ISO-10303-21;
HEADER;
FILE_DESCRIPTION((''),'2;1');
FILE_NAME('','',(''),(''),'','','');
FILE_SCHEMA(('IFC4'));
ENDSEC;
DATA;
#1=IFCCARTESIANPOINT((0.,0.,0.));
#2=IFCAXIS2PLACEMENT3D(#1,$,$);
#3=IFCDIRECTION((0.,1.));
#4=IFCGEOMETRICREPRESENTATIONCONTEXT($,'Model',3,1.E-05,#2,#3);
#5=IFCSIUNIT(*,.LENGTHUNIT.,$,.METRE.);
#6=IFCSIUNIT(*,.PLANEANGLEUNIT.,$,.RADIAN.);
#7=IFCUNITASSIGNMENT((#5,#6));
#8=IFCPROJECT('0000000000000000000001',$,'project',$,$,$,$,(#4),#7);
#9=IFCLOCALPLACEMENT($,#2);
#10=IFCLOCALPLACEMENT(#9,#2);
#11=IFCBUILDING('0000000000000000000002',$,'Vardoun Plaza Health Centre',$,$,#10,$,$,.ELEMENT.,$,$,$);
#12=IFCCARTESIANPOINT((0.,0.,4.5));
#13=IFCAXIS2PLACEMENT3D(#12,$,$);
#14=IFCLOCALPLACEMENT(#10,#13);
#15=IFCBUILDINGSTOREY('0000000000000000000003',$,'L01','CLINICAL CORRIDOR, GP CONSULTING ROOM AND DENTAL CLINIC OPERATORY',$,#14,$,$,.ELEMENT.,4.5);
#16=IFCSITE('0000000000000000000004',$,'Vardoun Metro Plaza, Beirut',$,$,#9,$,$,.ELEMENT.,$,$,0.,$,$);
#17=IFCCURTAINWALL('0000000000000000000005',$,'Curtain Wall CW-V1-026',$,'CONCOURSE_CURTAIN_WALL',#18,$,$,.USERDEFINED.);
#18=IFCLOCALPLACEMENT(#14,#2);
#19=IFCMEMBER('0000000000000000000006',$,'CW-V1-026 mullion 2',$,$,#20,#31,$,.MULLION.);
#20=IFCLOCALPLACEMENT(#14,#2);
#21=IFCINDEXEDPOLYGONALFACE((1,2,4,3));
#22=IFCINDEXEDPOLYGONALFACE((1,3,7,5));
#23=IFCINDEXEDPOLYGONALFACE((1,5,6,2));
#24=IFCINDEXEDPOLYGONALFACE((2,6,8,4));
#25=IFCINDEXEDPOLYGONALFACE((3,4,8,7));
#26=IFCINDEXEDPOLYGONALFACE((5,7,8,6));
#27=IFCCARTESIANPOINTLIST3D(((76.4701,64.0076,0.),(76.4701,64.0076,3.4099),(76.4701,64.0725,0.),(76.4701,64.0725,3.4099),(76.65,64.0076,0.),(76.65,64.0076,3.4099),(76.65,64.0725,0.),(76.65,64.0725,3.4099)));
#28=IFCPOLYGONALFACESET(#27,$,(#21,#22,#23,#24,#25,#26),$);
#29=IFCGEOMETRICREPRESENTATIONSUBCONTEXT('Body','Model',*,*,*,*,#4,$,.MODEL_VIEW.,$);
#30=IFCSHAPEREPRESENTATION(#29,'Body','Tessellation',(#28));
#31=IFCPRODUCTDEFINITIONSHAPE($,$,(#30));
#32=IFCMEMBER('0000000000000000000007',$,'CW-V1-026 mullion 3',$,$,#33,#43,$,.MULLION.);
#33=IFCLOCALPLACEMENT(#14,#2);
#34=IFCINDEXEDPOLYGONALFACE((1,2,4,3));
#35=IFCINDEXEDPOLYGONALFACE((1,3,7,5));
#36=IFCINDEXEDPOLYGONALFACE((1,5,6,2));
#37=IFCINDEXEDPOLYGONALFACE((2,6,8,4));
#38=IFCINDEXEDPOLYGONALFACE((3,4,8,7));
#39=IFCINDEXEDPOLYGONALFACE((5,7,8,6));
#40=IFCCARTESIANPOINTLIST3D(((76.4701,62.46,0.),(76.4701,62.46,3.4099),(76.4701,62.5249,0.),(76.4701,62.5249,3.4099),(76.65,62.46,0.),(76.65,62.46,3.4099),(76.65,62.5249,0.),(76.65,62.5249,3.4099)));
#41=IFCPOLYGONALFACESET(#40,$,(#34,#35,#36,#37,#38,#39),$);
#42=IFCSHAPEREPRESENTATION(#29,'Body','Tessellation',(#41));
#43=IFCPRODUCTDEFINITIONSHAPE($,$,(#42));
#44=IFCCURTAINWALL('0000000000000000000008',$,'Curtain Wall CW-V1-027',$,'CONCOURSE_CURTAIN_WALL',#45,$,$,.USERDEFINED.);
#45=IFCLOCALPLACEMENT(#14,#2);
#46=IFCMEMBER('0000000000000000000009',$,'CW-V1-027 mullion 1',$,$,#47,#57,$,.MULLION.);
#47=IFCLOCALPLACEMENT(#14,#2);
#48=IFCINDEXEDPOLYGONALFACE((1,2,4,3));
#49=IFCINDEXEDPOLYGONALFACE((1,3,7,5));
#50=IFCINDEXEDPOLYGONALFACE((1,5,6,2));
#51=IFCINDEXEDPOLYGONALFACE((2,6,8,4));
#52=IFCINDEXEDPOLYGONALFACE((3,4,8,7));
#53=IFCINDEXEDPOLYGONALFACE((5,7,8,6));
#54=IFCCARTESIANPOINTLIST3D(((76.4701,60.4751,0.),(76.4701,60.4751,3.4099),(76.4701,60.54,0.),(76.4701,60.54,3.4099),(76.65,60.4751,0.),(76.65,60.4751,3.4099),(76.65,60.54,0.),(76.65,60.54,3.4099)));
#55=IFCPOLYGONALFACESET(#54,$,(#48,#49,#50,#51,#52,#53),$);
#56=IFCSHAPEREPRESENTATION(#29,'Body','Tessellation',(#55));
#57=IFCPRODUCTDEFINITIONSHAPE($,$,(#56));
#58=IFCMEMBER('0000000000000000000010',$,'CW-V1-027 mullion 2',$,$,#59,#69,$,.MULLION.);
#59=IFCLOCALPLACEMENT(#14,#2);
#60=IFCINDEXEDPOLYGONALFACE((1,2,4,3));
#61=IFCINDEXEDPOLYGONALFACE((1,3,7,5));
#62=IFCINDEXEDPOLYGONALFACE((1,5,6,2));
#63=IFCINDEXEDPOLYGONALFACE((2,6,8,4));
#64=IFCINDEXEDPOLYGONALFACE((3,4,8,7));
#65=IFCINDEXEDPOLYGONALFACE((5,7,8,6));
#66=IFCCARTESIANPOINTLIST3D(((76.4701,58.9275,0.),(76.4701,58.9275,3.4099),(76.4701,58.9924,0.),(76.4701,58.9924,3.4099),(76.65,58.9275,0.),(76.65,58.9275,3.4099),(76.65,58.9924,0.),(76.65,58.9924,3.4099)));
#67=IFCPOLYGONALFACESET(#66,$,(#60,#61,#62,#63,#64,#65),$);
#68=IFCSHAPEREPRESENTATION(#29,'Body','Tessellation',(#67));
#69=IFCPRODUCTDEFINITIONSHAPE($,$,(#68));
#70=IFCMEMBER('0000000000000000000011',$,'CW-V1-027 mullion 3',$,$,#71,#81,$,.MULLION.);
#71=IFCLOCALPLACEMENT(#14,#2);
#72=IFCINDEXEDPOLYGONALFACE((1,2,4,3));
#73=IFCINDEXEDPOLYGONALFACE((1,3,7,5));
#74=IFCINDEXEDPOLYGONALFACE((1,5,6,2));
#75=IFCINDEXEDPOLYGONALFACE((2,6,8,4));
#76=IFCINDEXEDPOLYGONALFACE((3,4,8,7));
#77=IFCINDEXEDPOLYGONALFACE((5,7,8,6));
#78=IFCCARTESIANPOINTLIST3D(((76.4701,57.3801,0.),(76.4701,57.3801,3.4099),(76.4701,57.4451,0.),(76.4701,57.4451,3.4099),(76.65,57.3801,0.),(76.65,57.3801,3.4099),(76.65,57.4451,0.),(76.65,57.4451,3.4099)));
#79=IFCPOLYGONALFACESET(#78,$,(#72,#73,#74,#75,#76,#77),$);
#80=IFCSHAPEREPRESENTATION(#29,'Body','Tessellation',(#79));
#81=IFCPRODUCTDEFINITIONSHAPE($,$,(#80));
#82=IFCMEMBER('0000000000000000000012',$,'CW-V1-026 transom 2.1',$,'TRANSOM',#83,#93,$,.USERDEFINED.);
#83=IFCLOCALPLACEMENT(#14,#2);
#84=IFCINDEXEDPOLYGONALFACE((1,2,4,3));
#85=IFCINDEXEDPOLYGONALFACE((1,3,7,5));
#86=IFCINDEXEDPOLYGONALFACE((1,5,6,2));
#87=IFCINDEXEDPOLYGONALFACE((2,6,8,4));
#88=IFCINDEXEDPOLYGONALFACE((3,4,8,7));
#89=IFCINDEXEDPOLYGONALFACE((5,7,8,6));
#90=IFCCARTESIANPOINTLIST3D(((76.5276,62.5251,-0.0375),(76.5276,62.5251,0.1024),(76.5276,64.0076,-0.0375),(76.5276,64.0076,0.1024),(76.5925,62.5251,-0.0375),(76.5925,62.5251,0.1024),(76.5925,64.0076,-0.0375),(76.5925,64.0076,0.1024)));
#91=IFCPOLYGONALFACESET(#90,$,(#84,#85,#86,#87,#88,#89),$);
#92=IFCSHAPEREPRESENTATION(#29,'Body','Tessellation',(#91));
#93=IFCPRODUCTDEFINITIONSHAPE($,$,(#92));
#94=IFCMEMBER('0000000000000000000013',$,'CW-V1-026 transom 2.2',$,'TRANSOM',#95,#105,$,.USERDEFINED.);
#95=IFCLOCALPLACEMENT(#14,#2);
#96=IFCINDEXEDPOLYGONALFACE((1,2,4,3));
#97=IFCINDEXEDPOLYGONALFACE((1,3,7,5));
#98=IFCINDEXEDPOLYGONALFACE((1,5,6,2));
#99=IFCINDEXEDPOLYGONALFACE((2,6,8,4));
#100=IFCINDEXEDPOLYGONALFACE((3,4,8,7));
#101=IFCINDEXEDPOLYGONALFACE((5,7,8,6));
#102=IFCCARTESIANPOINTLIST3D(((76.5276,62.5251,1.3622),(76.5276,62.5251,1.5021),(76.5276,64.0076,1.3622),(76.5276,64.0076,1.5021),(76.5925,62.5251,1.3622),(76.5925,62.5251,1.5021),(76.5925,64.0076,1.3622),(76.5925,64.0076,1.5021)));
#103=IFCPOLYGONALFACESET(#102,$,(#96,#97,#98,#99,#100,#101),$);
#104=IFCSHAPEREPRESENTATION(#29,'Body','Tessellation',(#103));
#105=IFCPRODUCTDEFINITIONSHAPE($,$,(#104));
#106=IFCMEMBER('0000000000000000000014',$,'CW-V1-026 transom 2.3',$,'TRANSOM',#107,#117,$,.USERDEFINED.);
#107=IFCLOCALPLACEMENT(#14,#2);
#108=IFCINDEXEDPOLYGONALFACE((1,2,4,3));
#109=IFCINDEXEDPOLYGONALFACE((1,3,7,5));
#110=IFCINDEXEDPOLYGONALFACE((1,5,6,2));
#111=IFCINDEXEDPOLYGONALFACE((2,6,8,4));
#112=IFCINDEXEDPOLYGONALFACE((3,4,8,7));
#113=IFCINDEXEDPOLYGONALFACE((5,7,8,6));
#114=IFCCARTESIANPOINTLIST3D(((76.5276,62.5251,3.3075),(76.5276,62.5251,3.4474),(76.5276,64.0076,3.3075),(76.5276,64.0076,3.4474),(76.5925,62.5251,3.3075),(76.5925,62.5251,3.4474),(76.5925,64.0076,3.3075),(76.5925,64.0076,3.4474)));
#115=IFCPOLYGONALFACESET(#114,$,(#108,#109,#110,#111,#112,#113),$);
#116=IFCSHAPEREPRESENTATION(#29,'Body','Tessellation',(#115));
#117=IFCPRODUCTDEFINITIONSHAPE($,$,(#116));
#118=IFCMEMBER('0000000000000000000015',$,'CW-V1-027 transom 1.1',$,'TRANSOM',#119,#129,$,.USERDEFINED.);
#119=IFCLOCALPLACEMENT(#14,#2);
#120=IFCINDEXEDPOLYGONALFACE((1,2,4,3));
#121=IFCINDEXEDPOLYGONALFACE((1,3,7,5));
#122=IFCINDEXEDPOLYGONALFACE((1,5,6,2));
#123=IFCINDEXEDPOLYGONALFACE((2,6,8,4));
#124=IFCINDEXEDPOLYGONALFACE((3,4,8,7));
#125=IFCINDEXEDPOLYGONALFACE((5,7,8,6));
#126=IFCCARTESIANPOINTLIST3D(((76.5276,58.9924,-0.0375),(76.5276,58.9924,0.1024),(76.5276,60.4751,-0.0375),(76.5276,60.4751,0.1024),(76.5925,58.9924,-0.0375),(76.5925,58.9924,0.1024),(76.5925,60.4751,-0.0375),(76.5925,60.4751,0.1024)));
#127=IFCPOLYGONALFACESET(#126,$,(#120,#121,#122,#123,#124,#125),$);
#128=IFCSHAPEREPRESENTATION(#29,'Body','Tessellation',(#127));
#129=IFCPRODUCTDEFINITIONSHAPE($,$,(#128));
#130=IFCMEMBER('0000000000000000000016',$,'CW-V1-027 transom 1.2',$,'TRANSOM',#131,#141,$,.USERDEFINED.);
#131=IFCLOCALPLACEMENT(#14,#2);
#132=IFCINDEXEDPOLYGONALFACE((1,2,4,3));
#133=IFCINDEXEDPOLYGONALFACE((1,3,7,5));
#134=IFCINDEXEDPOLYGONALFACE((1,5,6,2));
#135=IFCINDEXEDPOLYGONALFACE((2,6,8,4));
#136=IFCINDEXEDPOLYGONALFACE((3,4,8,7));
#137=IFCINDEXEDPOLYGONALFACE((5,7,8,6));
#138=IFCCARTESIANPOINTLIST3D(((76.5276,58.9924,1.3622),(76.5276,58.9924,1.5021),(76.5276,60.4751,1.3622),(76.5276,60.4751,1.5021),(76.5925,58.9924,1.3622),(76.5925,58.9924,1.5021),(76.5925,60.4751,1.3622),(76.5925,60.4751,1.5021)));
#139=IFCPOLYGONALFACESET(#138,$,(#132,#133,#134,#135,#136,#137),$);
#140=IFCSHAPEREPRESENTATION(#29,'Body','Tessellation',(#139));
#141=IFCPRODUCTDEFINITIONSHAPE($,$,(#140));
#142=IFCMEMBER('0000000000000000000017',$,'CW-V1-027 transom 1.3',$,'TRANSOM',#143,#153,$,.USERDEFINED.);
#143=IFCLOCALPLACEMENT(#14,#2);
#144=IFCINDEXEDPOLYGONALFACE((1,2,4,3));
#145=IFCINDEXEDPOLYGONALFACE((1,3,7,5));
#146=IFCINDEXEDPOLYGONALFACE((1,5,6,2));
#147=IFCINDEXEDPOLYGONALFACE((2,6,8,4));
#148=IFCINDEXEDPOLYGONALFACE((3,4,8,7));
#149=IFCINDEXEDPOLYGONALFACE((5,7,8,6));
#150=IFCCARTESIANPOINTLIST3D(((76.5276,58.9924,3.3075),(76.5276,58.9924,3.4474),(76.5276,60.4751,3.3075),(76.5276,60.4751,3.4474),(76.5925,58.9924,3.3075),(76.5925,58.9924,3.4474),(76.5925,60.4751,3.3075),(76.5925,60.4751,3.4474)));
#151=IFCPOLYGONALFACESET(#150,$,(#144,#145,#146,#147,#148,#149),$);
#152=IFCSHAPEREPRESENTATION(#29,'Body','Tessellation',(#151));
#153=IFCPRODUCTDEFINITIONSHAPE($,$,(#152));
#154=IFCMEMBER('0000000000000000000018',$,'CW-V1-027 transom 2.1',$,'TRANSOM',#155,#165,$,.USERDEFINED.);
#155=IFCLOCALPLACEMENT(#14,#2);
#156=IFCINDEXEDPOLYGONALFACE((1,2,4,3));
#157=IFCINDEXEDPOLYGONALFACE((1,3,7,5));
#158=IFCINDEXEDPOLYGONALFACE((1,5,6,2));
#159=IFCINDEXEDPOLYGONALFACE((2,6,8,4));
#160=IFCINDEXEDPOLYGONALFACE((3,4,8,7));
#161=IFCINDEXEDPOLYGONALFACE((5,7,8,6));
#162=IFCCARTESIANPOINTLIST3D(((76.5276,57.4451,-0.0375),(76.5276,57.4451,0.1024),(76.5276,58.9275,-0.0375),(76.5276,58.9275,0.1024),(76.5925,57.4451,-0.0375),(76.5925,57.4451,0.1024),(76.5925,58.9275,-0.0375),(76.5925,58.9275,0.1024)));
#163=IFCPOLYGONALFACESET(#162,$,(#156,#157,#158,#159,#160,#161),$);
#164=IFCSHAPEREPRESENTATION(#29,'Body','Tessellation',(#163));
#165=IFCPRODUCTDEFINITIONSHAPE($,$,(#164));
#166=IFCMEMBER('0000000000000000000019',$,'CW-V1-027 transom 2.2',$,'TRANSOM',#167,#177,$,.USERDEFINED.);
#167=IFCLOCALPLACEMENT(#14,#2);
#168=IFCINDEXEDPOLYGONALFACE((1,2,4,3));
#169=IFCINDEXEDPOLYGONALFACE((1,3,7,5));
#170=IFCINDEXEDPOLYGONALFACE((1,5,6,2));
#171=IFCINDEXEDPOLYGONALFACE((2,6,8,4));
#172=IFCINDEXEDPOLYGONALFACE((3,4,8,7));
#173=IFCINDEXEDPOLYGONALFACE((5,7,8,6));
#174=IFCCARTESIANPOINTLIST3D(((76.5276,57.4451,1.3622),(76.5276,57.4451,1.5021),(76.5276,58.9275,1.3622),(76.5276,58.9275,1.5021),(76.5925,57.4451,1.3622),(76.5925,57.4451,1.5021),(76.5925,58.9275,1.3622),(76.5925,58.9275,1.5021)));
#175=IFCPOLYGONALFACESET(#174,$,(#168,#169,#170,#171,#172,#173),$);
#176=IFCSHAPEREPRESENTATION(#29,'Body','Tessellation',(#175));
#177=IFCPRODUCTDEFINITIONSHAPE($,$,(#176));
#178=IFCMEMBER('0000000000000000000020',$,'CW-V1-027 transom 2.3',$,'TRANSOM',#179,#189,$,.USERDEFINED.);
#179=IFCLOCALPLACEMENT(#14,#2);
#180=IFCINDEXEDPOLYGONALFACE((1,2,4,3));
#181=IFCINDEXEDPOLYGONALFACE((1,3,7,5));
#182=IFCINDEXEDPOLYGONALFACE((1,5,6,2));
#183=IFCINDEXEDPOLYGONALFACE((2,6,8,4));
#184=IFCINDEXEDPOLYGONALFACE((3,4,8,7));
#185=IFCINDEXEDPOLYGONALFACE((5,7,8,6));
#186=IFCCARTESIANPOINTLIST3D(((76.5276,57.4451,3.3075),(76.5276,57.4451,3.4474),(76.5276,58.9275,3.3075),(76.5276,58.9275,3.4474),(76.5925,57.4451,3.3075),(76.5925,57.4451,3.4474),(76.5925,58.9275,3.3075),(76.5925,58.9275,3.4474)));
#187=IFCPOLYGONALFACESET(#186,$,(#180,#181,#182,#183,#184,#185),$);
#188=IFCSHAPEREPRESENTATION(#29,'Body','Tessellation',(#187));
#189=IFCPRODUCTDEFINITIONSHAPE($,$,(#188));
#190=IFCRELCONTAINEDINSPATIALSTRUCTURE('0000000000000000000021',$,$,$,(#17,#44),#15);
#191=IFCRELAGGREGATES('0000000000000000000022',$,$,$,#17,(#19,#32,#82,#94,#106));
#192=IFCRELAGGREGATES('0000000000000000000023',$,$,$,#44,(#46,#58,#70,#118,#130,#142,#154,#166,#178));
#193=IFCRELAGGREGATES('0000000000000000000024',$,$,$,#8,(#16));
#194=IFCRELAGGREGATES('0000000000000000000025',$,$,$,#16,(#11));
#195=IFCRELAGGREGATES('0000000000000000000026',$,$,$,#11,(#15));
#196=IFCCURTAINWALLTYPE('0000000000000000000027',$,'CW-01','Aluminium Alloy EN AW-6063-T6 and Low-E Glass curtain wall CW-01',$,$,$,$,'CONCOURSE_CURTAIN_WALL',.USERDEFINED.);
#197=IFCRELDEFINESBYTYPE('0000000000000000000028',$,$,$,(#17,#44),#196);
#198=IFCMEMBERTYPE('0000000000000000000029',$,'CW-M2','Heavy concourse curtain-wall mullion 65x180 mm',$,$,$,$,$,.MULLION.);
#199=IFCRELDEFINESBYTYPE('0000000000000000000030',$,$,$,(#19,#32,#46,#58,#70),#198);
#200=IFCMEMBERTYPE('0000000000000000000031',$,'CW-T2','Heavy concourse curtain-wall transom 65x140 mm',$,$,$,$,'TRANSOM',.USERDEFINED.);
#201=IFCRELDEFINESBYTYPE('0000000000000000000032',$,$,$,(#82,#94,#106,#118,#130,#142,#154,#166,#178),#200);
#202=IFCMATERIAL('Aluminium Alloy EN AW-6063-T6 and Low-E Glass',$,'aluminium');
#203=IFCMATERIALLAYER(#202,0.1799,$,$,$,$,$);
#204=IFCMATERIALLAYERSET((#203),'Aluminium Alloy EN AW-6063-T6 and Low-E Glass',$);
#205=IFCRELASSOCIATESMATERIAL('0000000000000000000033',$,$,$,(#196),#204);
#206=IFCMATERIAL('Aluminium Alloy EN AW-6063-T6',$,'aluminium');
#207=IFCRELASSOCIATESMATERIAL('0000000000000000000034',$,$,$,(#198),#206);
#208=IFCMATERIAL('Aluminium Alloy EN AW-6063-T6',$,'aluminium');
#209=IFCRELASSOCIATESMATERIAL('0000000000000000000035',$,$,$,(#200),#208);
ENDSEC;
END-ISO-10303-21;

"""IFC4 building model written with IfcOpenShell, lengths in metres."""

from ifc_helpers import new_model, si_unit, direction, frame, origin, origin_2d, place, context, subcontext, project, spatial, rectangle, extrude, material, layer, layer_set, material_profile, profile_set, type_object, element, aggregate, save


model = new_model("IFC4")

# Units and contexts
model_context = context("Model", 3, precision=1e-05, world=origin(), true_north=direction((0.0, 1.0)))
body_context = subcontext(model_context, "Body", "Model", "MODEL_VIEW")
ifc_project = project(units=[si_unit("LENGTHUNIT", "METRE"), si_unit("PLANEANGLEUNIT", "RADIAN")], contexts=[model_context])

# Site, building, storey
site_placement = place(None, origin())
site = spatial("IfcSite", under=ifc_project, at=site_placement, Name="Vardoun Metro Plaza, Beirut", CompositionType="ELEMENT", RefElevation=0.0)
building_placement = place(site_placement, origin())
building = spatial("IfcBuilding", under=site, at=building_placement, Name="Vardoun Plaza Health Centre", CompositionType="ELEMENT")
storey_placement = place(building_placement, frame((0.0, 0.0, 4.5)))
storey = spatial("IfcBuildingStorey", under=building, at=storey_placement, Name="L01", Description="CLINICAL CORRIDOR, GP CONSULTING ROOM AND DENTAL CLINIC OPERATORY", CompositionType="ELEMENT", Elevation=4.5)

# Curtain walls, members
ifc_material_1 = material(Name="Aluminium Alloy EN AW-6063-T6 and Low-E Glass", Category="aluminium")
ifc_layer_1 = layer(ifc_material_1, 0.1799)
ifc_layer_set_1 = layer_set([ifc_layer_1], Name="Aluminium Alloy EN AW-6063-T6 and Low-E Glass")
curtain_wall_type = type_object("IfcCurtainWallType", Name="CW-01", Description="Aluminium Alloy EN AW-6063-T6 and Low-E Glass curtain wall CW-01", ElementType="CONCOURSE_CURTAIN_WALL", PredefinedType="USERDEFINED", material=ifc_layer_set_1)
curtain_wall_1_placement = place(storey_placement, origin())
curtain_wall_1 = element("IfcCurtainWall", 1, at=curtain_wall_1_placement, inside=storey, type_object=curtain_wall_type, Name="Curtain Wall CW-V1-026", ObjectType="CONCOURSE_CURTAIN_WALL", PredefinedType="USERDEFINED")
ifc_material_2 = material(Name="Aluminium Alloy EN AW-6063-T6", Category="aluminium")
ifc_material_profile_1 = material_profile(ifc_material_2, rectangle(XDim=0.1799, YDim=0.0649, at=origin_2d()), Name="CWM 65x180")
ifc_profile_set_1 = profile_set([ifc_material_profile_1], Name="Aluminium Alloy EN AW-6063-T6")
member_type_1 = type_object("IfcMemberType", Name="CW-M2", Description="Heavy concourse curtain-wall mullion 65x180 mm", PredefinedType="MULLION", material=ifc_profile_set_1)
member_1_placement = place(storey_placement, frame((76.5601, 64.04, 0.0), z_axis=(0.0, 0.0, 1.0), x_axis=(1.0, 0.0, 0.0)))
member_1 = element("IfcMember", 2, at=member_1_placement, type_object=member_type_1, Name="CW-V1-026 mullion 2", PredefinedType="MULLION", context=body_context, shape_type="SweptSolid", body=[
    extrude(rectangle(XDim=0.1799, YDim=0.0649, at=origin_2d()), origin(), (0.0, 0.0, 1.0), 3.4099),
])
member_2_placement = place(storey_placement, frame((76.5601, 62.4924, 0.0), z_axis=(0.0, 0.0, 1.0), x_axis=(1.0, 0.0, 0.0)))
member_2 = element("IfcMember", 3, at=member_2_placement, type_object=member_type_1, Name="CW-V1-026 mullion 3", PredefinedType="MULLION", context=body_context, shape_type="SweptSolid", body=[
    extrude(rectangle(XDim=0.1799, YDim=0.0649, at=origin_2d()), origin(), (0.0, 0.0, 1.0), 3.4099),
])
curtain_wall_2_placement = place(storey_placement, origin())
curtain_wall_2 = element("IfcCurtainWall", 4, at=curtain_wall_2_placement, inside=storey, type_object=curtain_wall_type, Name="Curtain Wall CW-V1-027", ObjectType="CONCOURSE_CURTAIN_WALL", PredefinedType="USERDEFINED")
member_3_placement = place(storey_placement, frame((76.5601, 60.5076, 0.0), z_axis=(0.0, 0.0, 1.0), x_axis=(1.0, 0.0, 0.0)))
member_3 = element("IfcMember", 5, at=member_3_placement, type_object=member_type_1, Name="CW-V1-027 mullion 1", PredefinedType="MULLION", context=body_context, shape_type="SweptSolid", body=[
    extrude(rectangle(XDim=0.1799, YDim=0.0649, at=origin_2d()), origin(), (0.0, 0.0, 1.0), 3.4099),
])
member_4_placement = place(storey_placement, frame((76.5601, 58.96, 0.0), z_axis=(0.0, 0.0, 1.0), x_axis=(1.0, 0.0, 0.0)))
member_4 = element("IfcMember", 6, at=member_4_placement, type_object=member_type_1, Name="CW-V1-027 mullion 2", PredefinedType="MULLION", context=body_context, shape_type="SweptSolid", body=[
    extrude(rectangle(XDim=0.1799, YDim=0.0649, at=origin_2d()), origin(), (0.0, 0.0, 1.0), 3.4099),
])
member_5_placement = place(storey_placement, frame((76.5601, 57.4126, 0.0), z_axis=(0.0, 0.0, 1.0), x_axis=(1.0, 0.0, 0.0)))
member_5 = element("IfcMember", 7, at=member_5_placement, type_object=member_type_1, Name="CW-V1-027 mullion 3", PredefinedType="MULLION", context=body_context, shape_type="SweptSolid", body=[
    extrude(rectangle(XDim=0.1799, YDim=0.0649, at=origin_2d()), origin(), (0.0, 0.0, 1.0), 3.4099),
])

# Members
ifc_material_3 = material(Name="Aluminium Alloy EN AW-6063-T6", Category="aluminium")
ifc_material_profile_2 = material_profile(ifc_material_3, rectangle(XDim=0.0649, YDim=0.1399, at=origin_2d()), Name="CWT 65x140")
ifc_profile_set_2 = profile_set([ifc_material_profile_2], Name="Aluminium Alloy EN AW-6063-T6")
member_type_2 = type_object("IfcMemberType", Name="CW-T2", Description="Heavy concourse curtain-wall transom 65x140 mm", ElementType="TRANSOM", PredefinedType="USERDEFINED", material=ifc_profile_set_2)
member_6_placement = place(storey_placement, frame((76.5601, 64.0076, 0.0325), z_axis=(0.0, -1.0, 0.0), x_axis=(1.0, 0.0, 0.0)))
member_6 = element("IfcMember", 8, at=member_6_placement, type_object=member_type_2, Name="CW-V1-026 transom 2.1", ObjectType="TRANSOM", PredefinedType="USERDEFINED", context=body_context, shape_type="SweptSolid", body=[
    extrude(rectangle(XDim=0.0649, YDim=0.1399, at=origin_2d()), origin(), (0.0, 0.0, 1.0), 1.4824),
])
member_7_placement = place(storey_placement, frame((76.5601, 64.0076, 1.4321), z_axis=(0.0, -1.0, 0.0), x_axis=(1.0, 0.0, 0.0)))
member_7 = element("IfcMember", 9, at=member_7_placement, type_object=member_type_2, Name="CW-V1-026 transom 2.2", ObjectType="TRANSOM", PredefinedType="USERDEFINED", context=body_context, shape_type="SweptSolid", body=[
    extrude(rectangle(XDim=0.0649, YDim=0.1399, at=origin_2d()), origin(), (0.0, 0.0, 1.0), 1.4824),
])
member_8_placement = place(storey_placement, frame((76.5601, 64.0076, 3.3774), z_axis=(0.0, -1.0, 0.0), x_axis=(1.0, 0.0, 0.0)))
member_8 = element("IfcMember", 10, at=member_8_placement, type_object=member_type_2, Name="CW-V1-026 transom 2.3", ObjectType="TRANSOM", PredefinedType="USERDEFINED", context=body_context, shape_type="SweptSolid", body=[
    extrude(rectangle(XDim=0.0649, YDim=0.1399, at=origin_2d()), origin(), (0.0, 0.0, 1.0), 1.4824),
])
member_9_placement = place(storey_placement, frame((76.5601, 60.4751, 0.0325), z_axis=(0.0, -1.0, 0.0), x_axis=(1.0, 0.0, 0.0)))
member_9 = element("IfcMember", 11, at=member_9_placement, type_object=member_type_2, Name="CW-V1-027 transom 1.1", ObjectType="TRANSOM", PredefinedType="USERDEFINED", context=body_context, shape_type="SweptSolid", body=[
    extrude(rectangle(XDim=0.0649, YDim=0.1399, at=origin_2d()), origin(), (0.0, 0.0, 1.0), 1.4827),
])
member_10_placement = place(storey_placement, frame((76.5601, 60.4751, 1.4321), z_axis=(0.0, -1.0, 0.0), x_axis=(1.0, 0.0, 0.0)))
member_10 = element("IfcMember", 12, at=member_10_placement, type_object=member_type_2, Name="CW-V1-027 transom 1.2", ObjectType="TRANSOM", PredefinedType="USERDEFINED", context=body_context, shape_type="SweptSolid", body=[
    extrude(rectangle(XDim=0.0649, YDim=0.1399, at=origin_2d()), origin(), (0.0, 0.0, 1.0), 1.4827),
])
member_11_placement = place(storey_placement, frame((76.5601, 60.4751, 3.3774), z_axis=(0.0, -1.0, 0.0), x_axis=(1.0, 0.0, 0.0)))
member_11 = element("IfcMember", 13, at=member_11_placement, type_object=member_type_2, Name="CW-V1-027 transom 1.3", ObjectType="TRANSOM", PredefinedType="USERDEFINED", context=body_context, shape_type="SweptSolid", body=[
    extrude(rectangle(XDim=0.0649, YDim=0.1399, at=origin_2d()), origin(), (0.0, 0.0, 1.0), 1.4827),
])
member_12_placement = place(storey_placement, frame((76.5601, 58.9275, 0.0325), z_axis=(0.0, -1.0, 0.0), x_axis=(1.0, 0.0, 0.0)))
member_12 = element("IfcMember", 14, at=member_12_placement, type_object=member_type_2, Name="CW-V1-027 transom 2.1", ObjectType="TRANSOM", PredefinedType="USERDEFINED", context=body_context, shape_type="SweptSolid", body=[
    extrude(rectangle(XDim=0.0649, YDim=0.1399, at=origin_2d()), origin(), (0.0, 0.0, 1.0), 1.4824),
])
member_13_placement = place(storey_placement, frame((76.5601, 58.9275, 1.4321), z_axis=(0.0, -1.0, 0.0), x_axis=(1.0, 0.0, 0.0)))
member_13 = element("IfcMember", 15, at=member_13_placement, type_object=member_type_2, Name="CW-V1-027 transom 2.2", ObjectType="TRANSOM", PredefinedType="USERDEFINED", context=body_context, shape_type="SweptSolid", body=[
    extrude(rectangle(XDim=0.0649, YDim=0.1399, at=origin_2d()), origin(), (0.0, 0.0, 1.0), 1.4824),
])
member_14_placement = place(storey_placement, frame((76.5601, 58.9275, 3.3774), z_axis=(0.0, -1.0, 0.0), x_axis=(1.0, 0.0, 0.0)))
member_14 = element("IfcMember", 16, at=member_14_placement, type_object=member_type_2, Name="CW-V1-027 transom 2.3", ObjectType="TRANSOM", PredefinedType="USERDEFINED", context=body_context, shape_type="SweptSolid", body=[
    extrude(rectangle(XDim=0.0649, YDim=0.1399, at=origin_2d()), origin(), (0.0, 0.0, 1.0), 1.4824),
])

aggregate(curtain_wall_1, [member_1, member_2, member_6, member_7, member_8])
aggregate(curtain_wall_2, [member_3, member_4, member_5, member_9, member_10, member_11, member_12, member_13, member_14])

save(model, "model.ifc")
